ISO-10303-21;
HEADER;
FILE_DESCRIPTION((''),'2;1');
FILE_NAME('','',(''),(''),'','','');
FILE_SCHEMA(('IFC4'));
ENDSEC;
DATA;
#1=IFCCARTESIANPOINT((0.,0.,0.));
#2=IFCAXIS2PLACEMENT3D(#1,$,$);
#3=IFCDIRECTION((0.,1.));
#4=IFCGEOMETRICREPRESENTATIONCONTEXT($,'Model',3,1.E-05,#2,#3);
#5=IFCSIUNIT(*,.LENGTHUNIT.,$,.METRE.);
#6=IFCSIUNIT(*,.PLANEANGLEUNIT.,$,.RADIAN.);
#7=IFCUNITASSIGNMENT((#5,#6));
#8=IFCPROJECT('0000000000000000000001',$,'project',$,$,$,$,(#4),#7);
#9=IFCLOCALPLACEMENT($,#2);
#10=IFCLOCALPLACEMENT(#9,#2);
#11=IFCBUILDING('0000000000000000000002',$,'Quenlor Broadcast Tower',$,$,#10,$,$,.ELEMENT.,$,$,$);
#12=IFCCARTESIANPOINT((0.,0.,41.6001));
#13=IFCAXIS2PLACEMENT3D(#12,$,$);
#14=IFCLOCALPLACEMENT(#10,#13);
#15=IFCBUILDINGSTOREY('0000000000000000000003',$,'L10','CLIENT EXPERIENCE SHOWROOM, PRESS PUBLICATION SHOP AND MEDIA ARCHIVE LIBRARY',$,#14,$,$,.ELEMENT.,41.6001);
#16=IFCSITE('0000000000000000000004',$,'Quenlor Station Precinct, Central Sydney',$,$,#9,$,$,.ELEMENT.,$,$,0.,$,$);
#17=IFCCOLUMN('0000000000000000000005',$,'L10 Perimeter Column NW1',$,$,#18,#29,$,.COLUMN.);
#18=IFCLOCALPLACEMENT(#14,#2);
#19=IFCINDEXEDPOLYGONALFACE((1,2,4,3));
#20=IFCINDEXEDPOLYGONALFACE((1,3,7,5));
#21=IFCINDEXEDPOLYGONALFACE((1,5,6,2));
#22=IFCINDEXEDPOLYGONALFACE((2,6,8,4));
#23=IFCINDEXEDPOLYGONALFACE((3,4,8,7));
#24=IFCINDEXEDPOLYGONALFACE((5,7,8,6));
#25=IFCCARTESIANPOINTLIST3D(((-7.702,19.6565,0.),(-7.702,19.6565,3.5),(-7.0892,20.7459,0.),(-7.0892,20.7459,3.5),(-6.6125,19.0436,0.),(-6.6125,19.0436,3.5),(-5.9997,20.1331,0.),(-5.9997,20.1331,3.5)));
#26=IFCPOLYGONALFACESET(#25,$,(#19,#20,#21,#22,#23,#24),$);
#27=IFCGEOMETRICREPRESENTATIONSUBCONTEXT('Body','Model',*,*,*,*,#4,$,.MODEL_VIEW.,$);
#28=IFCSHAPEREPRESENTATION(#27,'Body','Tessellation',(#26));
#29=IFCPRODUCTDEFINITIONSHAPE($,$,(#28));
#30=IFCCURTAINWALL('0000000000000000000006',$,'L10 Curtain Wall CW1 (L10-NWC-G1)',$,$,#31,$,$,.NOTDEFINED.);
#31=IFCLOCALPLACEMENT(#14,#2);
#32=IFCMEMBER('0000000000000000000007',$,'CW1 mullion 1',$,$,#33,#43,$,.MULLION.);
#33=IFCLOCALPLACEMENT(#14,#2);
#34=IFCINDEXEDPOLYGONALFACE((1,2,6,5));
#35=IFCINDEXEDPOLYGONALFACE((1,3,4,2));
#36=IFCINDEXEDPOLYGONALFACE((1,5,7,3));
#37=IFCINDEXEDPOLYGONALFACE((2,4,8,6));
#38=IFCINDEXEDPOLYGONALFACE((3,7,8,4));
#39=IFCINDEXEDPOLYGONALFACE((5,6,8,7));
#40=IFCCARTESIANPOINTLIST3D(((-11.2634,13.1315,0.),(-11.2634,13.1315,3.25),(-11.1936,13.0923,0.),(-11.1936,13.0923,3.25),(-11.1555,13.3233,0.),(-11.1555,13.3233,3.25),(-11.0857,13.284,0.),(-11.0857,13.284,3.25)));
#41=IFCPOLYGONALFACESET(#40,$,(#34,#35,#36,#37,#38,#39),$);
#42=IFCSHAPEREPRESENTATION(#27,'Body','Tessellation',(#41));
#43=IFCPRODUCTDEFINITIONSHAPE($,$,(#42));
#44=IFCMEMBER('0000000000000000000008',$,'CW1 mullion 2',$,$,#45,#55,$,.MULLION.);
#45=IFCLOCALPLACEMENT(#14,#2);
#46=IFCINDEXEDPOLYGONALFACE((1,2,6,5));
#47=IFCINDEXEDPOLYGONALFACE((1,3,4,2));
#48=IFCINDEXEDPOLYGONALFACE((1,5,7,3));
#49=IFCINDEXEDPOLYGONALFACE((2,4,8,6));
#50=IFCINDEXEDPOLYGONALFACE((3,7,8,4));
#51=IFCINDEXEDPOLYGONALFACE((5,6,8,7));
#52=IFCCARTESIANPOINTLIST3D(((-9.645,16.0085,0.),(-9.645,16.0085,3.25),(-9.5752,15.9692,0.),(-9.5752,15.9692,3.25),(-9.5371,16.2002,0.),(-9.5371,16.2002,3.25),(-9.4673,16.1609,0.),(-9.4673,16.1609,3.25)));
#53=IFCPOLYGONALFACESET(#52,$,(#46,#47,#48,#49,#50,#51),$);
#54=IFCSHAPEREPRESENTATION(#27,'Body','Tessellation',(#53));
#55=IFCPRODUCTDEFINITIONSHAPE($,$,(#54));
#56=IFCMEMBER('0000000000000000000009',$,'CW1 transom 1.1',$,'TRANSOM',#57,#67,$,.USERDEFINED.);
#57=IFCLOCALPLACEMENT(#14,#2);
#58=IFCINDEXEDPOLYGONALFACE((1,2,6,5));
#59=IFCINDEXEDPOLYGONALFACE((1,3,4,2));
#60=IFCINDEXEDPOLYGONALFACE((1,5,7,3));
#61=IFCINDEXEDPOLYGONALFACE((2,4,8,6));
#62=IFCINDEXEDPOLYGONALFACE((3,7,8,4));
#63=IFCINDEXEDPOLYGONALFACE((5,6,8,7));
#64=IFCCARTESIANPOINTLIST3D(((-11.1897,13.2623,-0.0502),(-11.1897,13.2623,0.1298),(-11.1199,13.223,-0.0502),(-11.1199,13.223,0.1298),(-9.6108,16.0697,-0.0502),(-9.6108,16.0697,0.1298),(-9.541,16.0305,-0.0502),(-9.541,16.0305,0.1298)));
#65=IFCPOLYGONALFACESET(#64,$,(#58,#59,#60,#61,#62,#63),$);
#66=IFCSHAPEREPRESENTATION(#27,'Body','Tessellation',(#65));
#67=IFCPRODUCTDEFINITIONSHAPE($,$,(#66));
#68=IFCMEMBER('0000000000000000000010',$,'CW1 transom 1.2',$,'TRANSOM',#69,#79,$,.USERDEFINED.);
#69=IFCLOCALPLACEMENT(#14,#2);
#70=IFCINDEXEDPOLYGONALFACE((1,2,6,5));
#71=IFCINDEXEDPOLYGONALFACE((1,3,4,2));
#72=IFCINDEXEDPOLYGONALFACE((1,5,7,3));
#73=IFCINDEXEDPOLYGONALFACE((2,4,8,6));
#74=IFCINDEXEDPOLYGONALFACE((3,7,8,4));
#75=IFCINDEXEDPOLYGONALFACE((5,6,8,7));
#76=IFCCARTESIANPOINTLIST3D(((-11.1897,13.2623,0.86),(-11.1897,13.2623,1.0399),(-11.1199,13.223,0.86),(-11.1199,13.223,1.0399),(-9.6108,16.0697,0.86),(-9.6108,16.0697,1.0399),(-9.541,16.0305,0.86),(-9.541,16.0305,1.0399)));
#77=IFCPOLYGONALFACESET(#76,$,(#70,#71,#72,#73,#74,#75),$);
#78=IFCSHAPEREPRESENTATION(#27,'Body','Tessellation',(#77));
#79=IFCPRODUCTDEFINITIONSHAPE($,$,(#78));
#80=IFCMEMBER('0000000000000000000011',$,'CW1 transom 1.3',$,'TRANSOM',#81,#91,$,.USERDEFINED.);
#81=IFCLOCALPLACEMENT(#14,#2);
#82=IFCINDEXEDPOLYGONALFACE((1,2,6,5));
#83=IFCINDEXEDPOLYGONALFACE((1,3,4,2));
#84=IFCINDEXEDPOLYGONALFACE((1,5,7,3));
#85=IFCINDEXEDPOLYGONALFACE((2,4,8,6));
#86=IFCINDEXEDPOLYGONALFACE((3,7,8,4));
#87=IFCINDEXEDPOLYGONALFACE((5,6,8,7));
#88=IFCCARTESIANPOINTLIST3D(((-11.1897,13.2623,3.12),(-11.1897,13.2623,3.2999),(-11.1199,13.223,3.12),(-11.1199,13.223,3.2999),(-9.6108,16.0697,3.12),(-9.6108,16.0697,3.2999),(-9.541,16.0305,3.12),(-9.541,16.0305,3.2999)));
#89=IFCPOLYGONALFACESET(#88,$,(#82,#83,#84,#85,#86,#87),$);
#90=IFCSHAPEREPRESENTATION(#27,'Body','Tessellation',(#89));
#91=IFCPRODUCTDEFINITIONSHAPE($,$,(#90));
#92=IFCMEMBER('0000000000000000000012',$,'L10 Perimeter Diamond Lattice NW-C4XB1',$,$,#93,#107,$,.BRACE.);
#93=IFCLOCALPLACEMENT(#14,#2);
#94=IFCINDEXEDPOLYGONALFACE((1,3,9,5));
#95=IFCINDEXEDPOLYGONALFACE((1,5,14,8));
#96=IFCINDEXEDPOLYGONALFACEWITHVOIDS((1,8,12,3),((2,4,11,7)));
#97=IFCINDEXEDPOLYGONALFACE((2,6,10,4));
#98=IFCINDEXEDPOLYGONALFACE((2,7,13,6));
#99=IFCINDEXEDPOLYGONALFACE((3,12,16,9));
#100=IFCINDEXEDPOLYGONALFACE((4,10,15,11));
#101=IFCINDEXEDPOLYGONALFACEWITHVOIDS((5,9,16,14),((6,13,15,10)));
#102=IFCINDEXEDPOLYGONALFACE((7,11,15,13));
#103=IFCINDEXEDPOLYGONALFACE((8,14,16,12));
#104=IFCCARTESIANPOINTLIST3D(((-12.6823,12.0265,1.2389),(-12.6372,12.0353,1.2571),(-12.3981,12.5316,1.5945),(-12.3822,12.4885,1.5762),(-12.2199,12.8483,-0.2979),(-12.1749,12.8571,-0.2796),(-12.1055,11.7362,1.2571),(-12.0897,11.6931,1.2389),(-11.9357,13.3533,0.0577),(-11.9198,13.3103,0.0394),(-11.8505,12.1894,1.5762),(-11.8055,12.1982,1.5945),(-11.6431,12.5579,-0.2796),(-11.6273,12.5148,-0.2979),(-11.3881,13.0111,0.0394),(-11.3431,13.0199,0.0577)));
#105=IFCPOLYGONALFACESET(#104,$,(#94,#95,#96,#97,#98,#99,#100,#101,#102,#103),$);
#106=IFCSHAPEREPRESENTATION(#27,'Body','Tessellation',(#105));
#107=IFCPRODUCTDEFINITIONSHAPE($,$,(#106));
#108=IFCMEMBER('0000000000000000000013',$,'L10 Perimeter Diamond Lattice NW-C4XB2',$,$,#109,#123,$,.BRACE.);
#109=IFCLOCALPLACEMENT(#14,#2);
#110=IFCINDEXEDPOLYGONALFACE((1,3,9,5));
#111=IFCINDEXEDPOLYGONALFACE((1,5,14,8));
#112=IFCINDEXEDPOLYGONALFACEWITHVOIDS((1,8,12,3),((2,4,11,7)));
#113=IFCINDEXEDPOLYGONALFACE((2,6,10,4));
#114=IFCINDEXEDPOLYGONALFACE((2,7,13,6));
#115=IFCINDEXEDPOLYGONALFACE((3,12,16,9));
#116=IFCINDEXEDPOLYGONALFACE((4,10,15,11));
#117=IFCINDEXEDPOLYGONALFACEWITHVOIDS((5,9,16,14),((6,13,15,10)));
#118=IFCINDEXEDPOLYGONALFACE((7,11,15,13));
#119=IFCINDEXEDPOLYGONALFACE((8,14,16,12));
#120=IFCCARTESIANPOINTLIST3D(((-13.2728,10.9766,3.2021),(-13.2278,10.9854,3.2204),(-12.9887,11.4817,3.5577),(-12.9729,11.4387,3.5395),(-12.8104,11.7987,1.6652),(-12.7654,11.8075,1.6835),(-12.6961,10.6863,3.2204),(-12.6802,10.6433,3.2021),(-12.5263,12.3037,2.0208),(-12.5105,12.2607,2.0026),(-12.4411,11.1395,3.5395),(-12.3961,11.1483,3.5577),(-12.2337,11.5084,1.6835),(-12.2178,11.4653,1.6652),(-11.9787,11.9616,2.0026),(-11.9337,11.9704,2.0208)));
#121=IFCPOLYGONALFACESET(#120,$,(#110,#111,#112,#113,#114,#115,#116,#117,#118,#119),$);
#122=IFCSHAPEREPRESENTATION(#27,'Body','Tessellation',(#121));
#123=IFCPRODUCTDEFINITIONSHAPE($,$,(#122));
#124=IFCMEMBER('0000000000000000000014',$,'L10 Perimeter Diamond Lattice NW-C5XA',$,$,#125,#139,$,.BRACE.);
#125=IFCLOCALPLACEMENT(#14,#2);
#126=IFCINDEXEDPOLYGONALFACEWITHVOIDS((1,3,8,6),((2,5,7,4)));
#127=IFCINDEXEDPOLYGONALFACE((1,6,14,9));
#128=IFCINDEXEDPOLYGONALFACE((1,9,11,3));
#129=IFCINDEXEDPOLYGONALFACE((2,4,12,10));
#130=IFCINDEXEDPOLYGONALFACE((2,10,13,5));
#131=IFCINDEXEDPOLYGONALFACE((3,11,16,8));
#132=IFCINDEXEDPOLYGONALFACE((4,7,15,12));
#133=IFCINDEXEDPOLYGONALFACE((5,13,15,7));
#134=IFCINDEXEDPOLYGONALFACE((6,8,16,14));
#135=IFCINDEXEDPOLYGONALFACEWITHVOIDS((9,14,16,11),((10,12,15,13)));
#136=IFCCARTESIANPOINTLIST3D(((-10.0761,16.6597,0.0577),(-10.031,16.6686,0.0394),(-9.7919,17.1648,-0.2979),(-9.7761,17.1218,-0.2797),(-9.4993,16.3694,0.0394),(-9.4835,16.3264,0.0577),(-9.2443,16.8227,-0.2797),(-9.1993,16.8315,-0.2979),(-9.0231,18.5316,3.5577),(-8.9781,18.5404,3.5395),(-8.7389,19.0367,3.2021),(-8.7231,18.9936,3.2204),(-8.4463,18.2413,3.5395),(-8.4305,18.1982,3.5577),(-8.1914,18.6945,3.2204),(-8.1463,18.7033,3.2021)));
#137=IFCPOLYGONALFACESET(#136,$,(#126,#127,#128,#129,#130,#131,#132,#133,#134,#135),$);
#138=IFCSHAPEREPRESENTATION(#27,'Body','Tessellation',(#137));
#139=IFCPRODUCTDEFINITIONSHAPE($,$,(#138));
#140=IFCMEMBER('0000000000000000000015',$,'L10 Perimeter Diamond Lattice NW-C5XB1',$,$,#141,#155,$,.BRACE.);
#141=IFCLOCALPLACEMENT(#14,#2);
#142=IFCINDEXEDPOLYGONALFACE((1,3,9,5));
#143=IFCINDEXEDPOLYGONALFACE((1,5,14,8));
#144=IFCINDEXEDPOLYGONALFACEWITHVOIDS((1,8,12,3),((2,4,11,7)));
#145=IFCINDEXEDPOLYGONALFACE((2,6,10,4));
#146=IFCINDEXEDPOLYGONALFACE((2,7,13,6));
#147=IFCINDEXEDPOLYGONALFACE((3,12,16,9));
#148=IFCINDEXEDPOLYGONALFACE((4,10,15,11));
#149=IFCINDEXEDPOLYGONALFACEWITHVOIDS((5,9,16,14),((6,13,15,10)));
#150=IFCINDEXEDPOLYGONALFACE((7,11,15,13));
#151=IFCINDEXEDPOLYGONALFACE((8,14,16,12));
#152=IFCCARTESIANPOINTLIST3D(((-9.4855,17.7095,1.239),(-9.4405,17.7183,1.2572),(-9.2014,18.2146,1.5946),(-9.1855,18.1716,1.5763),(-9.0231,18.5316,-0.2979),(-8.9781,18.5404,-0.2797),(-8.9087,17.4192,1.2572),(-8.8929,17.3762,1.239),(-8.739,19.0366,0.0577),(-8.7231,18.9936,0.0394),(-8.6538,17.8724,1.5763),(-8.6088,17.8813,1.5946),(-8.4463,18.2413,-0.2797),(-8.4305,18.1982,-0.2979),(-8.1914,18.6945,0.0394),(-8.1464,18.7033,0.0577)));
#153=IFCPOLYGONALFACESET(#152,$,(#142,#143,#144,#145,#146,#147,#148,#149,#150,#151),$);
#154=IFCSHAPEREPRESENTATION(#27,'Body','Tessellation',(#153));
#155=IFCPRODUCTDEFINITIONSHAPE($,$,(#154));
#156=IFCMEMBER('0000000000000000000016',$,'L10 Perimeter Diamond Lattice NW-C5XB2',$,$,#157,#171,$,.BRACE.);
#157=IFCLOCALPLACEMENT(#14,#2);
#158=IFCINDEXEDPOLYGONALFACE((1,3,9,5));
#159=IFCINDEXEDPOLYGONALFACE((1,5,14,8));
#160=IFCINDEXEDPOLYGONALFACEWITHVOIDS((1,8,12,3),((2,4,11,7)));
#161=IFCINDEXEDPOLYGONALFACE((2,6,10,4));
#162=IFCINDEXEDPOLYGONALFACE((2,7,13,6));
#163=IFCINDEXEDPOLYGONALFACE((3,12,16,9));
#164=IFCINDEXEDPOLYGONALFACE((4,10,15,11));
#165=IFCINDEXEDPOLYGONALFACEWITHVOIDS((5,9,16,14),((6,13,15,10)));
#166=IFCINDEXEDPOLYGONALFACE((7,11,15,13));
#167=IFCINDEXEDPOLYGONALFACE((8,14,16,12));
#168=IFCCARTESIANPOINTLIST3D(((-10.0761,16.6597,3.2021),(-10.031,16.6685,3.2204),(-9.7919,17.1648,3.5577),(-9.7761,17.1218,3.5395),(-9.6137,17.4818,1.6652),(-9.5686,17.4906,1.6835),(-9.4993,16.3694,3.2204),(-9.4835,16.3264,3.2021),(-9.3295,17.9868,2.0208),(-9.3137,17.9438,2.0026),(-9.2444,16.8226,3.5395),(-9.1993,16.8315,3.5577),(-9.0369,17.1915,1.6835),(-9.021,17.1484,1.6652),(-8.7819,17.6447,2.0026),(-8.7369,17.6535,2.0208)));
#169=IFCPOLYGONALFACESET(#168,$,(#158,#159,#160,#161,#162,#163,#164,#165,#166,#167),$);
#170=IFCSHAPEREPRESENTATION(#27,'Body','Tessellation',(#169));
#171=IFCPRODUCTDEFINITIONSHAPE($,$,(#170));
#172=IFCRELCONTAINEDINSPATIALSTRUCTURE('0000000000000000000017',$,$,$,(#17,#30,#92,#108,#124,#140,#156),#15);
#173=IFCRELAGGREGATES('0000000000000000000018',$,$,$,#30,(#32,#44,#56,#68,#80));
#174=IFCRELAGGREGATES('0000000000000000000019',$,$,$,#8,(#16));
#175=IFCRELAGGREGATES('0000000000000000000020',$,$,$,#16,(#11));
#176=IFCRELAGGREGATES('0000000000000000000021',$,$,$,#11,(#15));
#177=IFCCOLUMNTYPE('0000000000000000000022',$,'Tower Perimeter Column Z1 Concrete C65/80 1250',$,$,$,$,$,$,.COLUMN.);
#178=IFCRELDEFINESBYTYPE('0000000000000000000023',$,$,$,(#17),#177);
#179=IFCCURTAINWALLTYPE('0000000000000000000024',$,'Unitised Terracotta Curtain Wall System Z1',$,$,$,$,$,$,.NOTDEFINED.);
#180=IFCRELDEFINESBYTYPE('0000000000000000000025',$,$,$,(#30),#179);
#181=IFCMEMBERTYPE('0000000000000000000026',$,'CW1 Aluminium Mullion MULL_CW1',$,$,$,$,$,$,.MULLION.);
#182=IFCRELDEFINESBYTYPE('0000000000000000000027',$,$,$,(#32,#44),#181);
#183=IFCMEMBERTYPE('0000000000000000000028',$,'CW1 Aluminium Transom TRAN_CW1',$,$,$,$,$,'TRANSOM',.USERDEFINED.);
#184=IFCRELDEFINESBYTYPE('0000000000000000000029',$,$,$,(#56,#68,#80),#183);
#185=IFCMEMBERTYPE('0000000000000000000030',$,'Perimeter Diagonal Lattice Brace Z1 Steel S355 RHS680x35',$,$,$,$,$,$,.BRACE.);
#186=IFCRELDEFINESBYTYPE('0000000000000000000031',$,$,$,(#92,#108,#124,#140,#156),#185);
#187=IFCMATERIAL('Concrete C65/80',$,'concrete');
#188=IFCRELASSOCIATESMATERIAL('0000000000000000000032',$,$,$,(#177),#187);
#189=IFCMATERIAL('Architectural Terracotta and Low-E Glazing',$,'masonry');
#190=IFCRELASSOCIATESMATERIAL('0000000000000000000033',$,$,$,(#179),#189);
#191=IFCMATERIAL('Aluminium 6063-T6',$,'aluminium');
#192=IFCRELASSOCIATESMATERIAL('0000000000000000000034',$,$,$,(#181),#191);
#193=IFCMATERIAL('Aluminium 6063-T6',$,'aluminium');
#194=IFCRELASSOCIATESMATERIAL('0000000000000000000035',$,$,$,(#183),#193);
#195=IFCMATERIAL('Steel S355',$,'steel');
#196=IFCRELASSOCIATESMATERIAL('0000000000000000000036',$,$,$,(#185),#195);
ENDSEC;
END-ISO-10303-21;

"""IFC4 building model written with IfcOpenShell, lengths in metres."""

from ifc_helpers import new_model, si_unit, direction, frame, origin, origin_2d, place, context, subcontext, project, spatial, rectangle, hollow_rectangle, extrude, material, material_profile, profile_set, type_object, element, aggregate, save


model = new_model("IFC4")

# Units and contexts
model_context = context("Model", 3, precision=1e-05, world=origin(), true_north=direction((0.0, 1.0)))
body_context = subcontext(model_context, "Body", "Model", "MODEL_VIEW")
ifc_project = project(units=[si_unit("LENGTHUNIT", "METRE"), si_unit("PLANEANGLEUNIT", "RADIAN")], contexts=[model_context])

# Site, building, storey
site_placement = place(None, origin())
site = spatial("IfcSite", under=ifc_project, at=site_placement, Name="Quenlor Station Precinct, Central Sydney", CompositionType="ELEMENT", RefElevation=0.0)
building_placement = place(site_placement, origin())
building = spatial("IfcBuilding", under=site, at=building_placement, Name="Quenlor Broadcast Tower", CompositionType="ELEMENT")
storey_placement = place(building_placement, frame((0.0, 0.0, 41.6001)))
storey = spatial("IfcBuildingStorey", under=building, at=storey_placement, Name="L10", Description="CLIENT EXPERIENCE SHOWROOM, PRESS PUBLICATION SHOP AND MEDIA ARCHIVE LIBRARY", CompositionType="ELEMENT", Elevation=41.6001)

# Column
ifc_material_1 = material(Name="Concrete C65/80", Category="concrete")
ifc_material_profile_1 = material_profile(ifc_material_1, rectangle(XDim=1.25, YDim=1.25, at=origin_2d()))
ifc_profile_set_1 = profile_set([ifc_material_profile_1], Name="Concrete C65/80 RC1250x1250")
column_type = type_object("IfcColumnType", Name="Tower Perimeter Column Z1 Concrete C65/80 1250", PredefinedType="COLUMN", material=ifc_profile_set_1)
column_placement = place(storey_placement, frame((-6.8508, 19.8948, 0.0), z_axis=(0.0, 0.0, 1.0), x_axis=(-0.871575, 0.490262, 0.0)))
element("IfcColumn", 1, at=column_placement, inside=storey, type_object=column_type, Name="L10 Perimeter Column NW1", PredefinedType="COLUMN", context=body_context, shape_type="SweptSolid", body=[
    extrude(rectangle(XDim=1.25, YDim=1.25, at=origin_2d()), origin(), (0.0, 0.0, 1.0), 3.5),
])

# Curtain wall, members
ifc_material_2 = material(Name="Architectural Terracotta and Low-E Glazing", Category="masonry")
curtain_wall_type = type_object("IfcCurtainWallType", Name="Unitised Terracotta Curtain Wall System Z1", PredefinedType="NOTDEFINED", material=ifc_material_2)
curtain_wall_placement = place(storey_placement, origin())
curtain_wall = element("IfcCurtainWall", 2, at=curtain_wall_placement, inside=storey, type_object=curtain_wall_type, Name="L10 Curtain Wall CW1 (L10-NWC-G1)", PredefinedType="NOTDEFINED")
ifc_material_3 = material(Name="Aluminium 6063-T6", Category="aluminium")
ifc_material_profile_2 = material_profile(ifc_material_3, rectangle(XDim=0.0801, YDim=0.22, at=origin_2d()))
ifc_profile_set_2 = profile_set([ifc_material_profile_2], Name="Aluminium 6063-T6 MULL80x220")
member_type_1 = type_object("IfcMemberType", Name="CW1 Aluminium Mullion MULL_CW1", PredefinedType="MULLION", material=ifc_profile_set_2)
member_1_placement = place(storey_placement, frame((-11.1746, 13.2078, 0.0), z_axis=(0.0, 0.0, 1.0), x_axis=(-0.871585, 0.490244, 0.0)))
member_1 = element("IfcMember", 3, at=member_1_placement, type_object=member_type_1, Name="CW1 mullion 1", PredefinedType="MULLION", context=body_context, shape_type="SweptSolid", body=[
    extrude(rectangle(XDim=0.0801, YDim=0.22, at=origin_2d()), origin(), (0.0, 0.0, 1.0), 3.25),
])
member_2_placement = place(storey_placement, frame((-9.5562, 16.0847, 0.0), z_axis=(0.0, 0.0, 1.0), x_axis=(-0.871585, 0.490244, 0.0)))
member_2 = element("IfcMember", 4, at=member_2_placement, type_object=member_type_1, Name="CW1 mullion 2", PredefinedType="MULLION", context=body_context, shape_type="SweptSolid", body=[
    extrude(rectangle(XDim=0.0801, YDim=0.22, at=origin_2d()), origin(), (0.0, 0.0, 1.0), 3.25),
])
ifc_material_4 = material(Name="Aluminium 6063-T6", Category="aluminium")
ifc_material_profile_3 = material_profile(ifc_material_4, rectangle(XDim=0.0801, YDim=0.1799, at=origin_2d()))
ifc_profile_set_3 = profile_set([ifc_material_profile_3], Name="Aluminium 6063-T6 TRAN80x180")
member_type_2 = type_object("IfcMemberType", Name="CW1 Aluminium Transom TRAN_CW1", ElementType="TRANSOM", PredefinedType="USERDEFINED", material=ifc_profile_set_3)
member_3_placement = place(storey_placement, frame((-11.1548, 13.2427, 0.0398), z_axis=(0.490193, 0.871614, 0.0), x_axis=(-0.871614, 0.490193, 0.0)))
member_3 = element("IfcMember", 5, at=member_3_placement, type_object=member_type_2, Name="CW1 transom 1.1", ObjectType="TRANSOM", PredefinedType="USERDEFINED", context=body_context, shape_type="SweptSolid", body=[
    extrude(rectangle(XDim=0.0801, YDim=0.1799, at=origin_2d()), origin(), (0.0, 0.0, 1.0), 3.2209),
])
member_4_placement = place(storey_placement, frame((-11.1548, 13.2427, 0.95), z_axis=(0.490193, 0.871614, 0.0), x_axis=(-0.871614, 0.490193, 0.0)))
member_4 = element("IfcMember", 6, at=member_4_placement, type_object=member_type_2, Name="CW1 transom 1.2", ObjectType="TRANSOM", PredefinedType="USERDEFINED", context=body_context, shape_type="SweptSolid", body=[
    extrude(rectangle(XDim=0.0801, YDim=0.1799, at=origin_2d()), origin(), (0.0, 0.0, 1.0), 3.2209),
])
member_5_placement = place(storey_placement, frame((-11.1548, 13.2427, 3.21), z_axis=(0.490193, 0.871614, 0.0), x_axis=(-0.871614, 0.490193, 0.0)))
member_5 = element("IfcMember", 7, at=member_5_placement, type_object=member_type_2, Name="CW1 transom 1.3", ObjectType="TRANSOM", PredefinedType="USERDEFINED", context=body_context, shape_type="SweptSolid", body=[
    extrude(rectangle(XDim=0.0801, YDim=0.1799, at=origin_2d()), origin(), (0.0, 0.0, 1.0), 3.2209),
])

# Members
ifc_material_5 = material(Name="Steel S355", Category="steel")
ifc_material_profile_4 = material_profile(ifc_material_5, hollow_rectangle(XDim=0.6799, YDim=0.6799, WallThickness=0.0349, at=origin_2d()))
ifc_profile_set_4 = profile_set([ifc_material_profile_4], Name="Steel S355 RHS680x680x35")
member_type_3 = type_object("IfcMemberType", Name="Perimeter Diagonal Lattice Brace Z1 Steel S355 RHS680x35", PredefinedType="BRACE", material=ifc_profile_set_4)
member_6_placement = place(storey_placement, frame((-11.7815, 12.9341, -0.1201), z_axis=(-0.256452, -0.455764, 0.852357), x_axis=(0.871506, -0.490384, 0.0)))
element("IfcMember", 8, at=member_6_placement, inside=storey, type_object=member_type_3, Name="L10 Perimeter Diamond Lattice NW-C4XB1", PredefinedType="BRACE", context=body_context, shape_type="SweptSolid", body=[
    extrude(hollow_rectangle(XDim=0.6799, YDim=0.6799, WallThickness=0.0349, at=origin_2d()), origin(), (0.0, 0.0, 1.0), 1.803),
])
member_7_placement = place(storey_placement, frame((-12.3721, 11.8845, 1.843), z_axis=(-0.256436, -0.455871, 0.852304), x_axis=(0.871569, -0.490274, 0.0)))
element("IfcMember", 9, at=member_7_placement, inside=storey, type_object=member_type_3, Name="L10 Perimeter Diamond Lattice NW-C4XB2", PredefinedType="BRACE", context=body_context, shape_type="SweptSolid", body=[
    extrude(hollow_rectangle(XDim=0.6799, YDim=0.6799, WallThickness=0.0349, at=origin_2d()), origin(), (0.0, 0.0, 1.0), 1.8032),
])
member_8_placement = place(storey_placement, frame((-9.6377, 16.7456, -0.1201), z_axis=(0.256424, 0.455832, 0.852329), x_axis=(-0.87156, 0.490288, 0.0)))
element("IfcMember", 10, at=member_8_placement, inside=storey, type_object=member_type_3, Name="L10 Perimeter Diamond Lattice NW-C5XA", PredefinedType="BRACE", context=body_context, shape_type="SweptSolid", body=[
    extrude(hollow_rectangle(XDim=0.6799, YDim=0.6799, WallThickness=0.0349, at=origin_2d()), origin(), (0.0, 0.0, 1.0), 4.1064),
])
for number, where, z_axis, x_axis, name in (
    (11, (-8.5847, 18.6174, -0.1201), (-0.256436, -0.455871, 0.852304), (0.871569, -0.490274, 0.0), "L10 Perimeter Diamond Lattice NW-C5XB1"),
    (12, (-9.1753, 17.5676, 1.843), (-0.256436, -0.455871, 0.852304), (0.871569, -0.490274, 0.0), "L10 Perimeter Diamond Lattice NW-C5XB2"),
):
    element("IfcMember", number, at=place(storey_placement, frame(where, z_axis=z_axis, x_axis=x_axis)), inside=storey, type_object=member_type_3, Name=name, PredefinedType="BRACE", context=body_context, shape_type="SweptSolid", body=[
        extrude(hollow_rectangle(XDim=0.6799, YDim=0.6799, WallThickness=0.0349, at=origin_2d()), origin(), (0.0, 0.0, 1.0), 1.8032),
    ])

aggregate(curtain_wall, [member_1, member_2, member_3, member_4, member_5])

save(model, "model.ifc")
